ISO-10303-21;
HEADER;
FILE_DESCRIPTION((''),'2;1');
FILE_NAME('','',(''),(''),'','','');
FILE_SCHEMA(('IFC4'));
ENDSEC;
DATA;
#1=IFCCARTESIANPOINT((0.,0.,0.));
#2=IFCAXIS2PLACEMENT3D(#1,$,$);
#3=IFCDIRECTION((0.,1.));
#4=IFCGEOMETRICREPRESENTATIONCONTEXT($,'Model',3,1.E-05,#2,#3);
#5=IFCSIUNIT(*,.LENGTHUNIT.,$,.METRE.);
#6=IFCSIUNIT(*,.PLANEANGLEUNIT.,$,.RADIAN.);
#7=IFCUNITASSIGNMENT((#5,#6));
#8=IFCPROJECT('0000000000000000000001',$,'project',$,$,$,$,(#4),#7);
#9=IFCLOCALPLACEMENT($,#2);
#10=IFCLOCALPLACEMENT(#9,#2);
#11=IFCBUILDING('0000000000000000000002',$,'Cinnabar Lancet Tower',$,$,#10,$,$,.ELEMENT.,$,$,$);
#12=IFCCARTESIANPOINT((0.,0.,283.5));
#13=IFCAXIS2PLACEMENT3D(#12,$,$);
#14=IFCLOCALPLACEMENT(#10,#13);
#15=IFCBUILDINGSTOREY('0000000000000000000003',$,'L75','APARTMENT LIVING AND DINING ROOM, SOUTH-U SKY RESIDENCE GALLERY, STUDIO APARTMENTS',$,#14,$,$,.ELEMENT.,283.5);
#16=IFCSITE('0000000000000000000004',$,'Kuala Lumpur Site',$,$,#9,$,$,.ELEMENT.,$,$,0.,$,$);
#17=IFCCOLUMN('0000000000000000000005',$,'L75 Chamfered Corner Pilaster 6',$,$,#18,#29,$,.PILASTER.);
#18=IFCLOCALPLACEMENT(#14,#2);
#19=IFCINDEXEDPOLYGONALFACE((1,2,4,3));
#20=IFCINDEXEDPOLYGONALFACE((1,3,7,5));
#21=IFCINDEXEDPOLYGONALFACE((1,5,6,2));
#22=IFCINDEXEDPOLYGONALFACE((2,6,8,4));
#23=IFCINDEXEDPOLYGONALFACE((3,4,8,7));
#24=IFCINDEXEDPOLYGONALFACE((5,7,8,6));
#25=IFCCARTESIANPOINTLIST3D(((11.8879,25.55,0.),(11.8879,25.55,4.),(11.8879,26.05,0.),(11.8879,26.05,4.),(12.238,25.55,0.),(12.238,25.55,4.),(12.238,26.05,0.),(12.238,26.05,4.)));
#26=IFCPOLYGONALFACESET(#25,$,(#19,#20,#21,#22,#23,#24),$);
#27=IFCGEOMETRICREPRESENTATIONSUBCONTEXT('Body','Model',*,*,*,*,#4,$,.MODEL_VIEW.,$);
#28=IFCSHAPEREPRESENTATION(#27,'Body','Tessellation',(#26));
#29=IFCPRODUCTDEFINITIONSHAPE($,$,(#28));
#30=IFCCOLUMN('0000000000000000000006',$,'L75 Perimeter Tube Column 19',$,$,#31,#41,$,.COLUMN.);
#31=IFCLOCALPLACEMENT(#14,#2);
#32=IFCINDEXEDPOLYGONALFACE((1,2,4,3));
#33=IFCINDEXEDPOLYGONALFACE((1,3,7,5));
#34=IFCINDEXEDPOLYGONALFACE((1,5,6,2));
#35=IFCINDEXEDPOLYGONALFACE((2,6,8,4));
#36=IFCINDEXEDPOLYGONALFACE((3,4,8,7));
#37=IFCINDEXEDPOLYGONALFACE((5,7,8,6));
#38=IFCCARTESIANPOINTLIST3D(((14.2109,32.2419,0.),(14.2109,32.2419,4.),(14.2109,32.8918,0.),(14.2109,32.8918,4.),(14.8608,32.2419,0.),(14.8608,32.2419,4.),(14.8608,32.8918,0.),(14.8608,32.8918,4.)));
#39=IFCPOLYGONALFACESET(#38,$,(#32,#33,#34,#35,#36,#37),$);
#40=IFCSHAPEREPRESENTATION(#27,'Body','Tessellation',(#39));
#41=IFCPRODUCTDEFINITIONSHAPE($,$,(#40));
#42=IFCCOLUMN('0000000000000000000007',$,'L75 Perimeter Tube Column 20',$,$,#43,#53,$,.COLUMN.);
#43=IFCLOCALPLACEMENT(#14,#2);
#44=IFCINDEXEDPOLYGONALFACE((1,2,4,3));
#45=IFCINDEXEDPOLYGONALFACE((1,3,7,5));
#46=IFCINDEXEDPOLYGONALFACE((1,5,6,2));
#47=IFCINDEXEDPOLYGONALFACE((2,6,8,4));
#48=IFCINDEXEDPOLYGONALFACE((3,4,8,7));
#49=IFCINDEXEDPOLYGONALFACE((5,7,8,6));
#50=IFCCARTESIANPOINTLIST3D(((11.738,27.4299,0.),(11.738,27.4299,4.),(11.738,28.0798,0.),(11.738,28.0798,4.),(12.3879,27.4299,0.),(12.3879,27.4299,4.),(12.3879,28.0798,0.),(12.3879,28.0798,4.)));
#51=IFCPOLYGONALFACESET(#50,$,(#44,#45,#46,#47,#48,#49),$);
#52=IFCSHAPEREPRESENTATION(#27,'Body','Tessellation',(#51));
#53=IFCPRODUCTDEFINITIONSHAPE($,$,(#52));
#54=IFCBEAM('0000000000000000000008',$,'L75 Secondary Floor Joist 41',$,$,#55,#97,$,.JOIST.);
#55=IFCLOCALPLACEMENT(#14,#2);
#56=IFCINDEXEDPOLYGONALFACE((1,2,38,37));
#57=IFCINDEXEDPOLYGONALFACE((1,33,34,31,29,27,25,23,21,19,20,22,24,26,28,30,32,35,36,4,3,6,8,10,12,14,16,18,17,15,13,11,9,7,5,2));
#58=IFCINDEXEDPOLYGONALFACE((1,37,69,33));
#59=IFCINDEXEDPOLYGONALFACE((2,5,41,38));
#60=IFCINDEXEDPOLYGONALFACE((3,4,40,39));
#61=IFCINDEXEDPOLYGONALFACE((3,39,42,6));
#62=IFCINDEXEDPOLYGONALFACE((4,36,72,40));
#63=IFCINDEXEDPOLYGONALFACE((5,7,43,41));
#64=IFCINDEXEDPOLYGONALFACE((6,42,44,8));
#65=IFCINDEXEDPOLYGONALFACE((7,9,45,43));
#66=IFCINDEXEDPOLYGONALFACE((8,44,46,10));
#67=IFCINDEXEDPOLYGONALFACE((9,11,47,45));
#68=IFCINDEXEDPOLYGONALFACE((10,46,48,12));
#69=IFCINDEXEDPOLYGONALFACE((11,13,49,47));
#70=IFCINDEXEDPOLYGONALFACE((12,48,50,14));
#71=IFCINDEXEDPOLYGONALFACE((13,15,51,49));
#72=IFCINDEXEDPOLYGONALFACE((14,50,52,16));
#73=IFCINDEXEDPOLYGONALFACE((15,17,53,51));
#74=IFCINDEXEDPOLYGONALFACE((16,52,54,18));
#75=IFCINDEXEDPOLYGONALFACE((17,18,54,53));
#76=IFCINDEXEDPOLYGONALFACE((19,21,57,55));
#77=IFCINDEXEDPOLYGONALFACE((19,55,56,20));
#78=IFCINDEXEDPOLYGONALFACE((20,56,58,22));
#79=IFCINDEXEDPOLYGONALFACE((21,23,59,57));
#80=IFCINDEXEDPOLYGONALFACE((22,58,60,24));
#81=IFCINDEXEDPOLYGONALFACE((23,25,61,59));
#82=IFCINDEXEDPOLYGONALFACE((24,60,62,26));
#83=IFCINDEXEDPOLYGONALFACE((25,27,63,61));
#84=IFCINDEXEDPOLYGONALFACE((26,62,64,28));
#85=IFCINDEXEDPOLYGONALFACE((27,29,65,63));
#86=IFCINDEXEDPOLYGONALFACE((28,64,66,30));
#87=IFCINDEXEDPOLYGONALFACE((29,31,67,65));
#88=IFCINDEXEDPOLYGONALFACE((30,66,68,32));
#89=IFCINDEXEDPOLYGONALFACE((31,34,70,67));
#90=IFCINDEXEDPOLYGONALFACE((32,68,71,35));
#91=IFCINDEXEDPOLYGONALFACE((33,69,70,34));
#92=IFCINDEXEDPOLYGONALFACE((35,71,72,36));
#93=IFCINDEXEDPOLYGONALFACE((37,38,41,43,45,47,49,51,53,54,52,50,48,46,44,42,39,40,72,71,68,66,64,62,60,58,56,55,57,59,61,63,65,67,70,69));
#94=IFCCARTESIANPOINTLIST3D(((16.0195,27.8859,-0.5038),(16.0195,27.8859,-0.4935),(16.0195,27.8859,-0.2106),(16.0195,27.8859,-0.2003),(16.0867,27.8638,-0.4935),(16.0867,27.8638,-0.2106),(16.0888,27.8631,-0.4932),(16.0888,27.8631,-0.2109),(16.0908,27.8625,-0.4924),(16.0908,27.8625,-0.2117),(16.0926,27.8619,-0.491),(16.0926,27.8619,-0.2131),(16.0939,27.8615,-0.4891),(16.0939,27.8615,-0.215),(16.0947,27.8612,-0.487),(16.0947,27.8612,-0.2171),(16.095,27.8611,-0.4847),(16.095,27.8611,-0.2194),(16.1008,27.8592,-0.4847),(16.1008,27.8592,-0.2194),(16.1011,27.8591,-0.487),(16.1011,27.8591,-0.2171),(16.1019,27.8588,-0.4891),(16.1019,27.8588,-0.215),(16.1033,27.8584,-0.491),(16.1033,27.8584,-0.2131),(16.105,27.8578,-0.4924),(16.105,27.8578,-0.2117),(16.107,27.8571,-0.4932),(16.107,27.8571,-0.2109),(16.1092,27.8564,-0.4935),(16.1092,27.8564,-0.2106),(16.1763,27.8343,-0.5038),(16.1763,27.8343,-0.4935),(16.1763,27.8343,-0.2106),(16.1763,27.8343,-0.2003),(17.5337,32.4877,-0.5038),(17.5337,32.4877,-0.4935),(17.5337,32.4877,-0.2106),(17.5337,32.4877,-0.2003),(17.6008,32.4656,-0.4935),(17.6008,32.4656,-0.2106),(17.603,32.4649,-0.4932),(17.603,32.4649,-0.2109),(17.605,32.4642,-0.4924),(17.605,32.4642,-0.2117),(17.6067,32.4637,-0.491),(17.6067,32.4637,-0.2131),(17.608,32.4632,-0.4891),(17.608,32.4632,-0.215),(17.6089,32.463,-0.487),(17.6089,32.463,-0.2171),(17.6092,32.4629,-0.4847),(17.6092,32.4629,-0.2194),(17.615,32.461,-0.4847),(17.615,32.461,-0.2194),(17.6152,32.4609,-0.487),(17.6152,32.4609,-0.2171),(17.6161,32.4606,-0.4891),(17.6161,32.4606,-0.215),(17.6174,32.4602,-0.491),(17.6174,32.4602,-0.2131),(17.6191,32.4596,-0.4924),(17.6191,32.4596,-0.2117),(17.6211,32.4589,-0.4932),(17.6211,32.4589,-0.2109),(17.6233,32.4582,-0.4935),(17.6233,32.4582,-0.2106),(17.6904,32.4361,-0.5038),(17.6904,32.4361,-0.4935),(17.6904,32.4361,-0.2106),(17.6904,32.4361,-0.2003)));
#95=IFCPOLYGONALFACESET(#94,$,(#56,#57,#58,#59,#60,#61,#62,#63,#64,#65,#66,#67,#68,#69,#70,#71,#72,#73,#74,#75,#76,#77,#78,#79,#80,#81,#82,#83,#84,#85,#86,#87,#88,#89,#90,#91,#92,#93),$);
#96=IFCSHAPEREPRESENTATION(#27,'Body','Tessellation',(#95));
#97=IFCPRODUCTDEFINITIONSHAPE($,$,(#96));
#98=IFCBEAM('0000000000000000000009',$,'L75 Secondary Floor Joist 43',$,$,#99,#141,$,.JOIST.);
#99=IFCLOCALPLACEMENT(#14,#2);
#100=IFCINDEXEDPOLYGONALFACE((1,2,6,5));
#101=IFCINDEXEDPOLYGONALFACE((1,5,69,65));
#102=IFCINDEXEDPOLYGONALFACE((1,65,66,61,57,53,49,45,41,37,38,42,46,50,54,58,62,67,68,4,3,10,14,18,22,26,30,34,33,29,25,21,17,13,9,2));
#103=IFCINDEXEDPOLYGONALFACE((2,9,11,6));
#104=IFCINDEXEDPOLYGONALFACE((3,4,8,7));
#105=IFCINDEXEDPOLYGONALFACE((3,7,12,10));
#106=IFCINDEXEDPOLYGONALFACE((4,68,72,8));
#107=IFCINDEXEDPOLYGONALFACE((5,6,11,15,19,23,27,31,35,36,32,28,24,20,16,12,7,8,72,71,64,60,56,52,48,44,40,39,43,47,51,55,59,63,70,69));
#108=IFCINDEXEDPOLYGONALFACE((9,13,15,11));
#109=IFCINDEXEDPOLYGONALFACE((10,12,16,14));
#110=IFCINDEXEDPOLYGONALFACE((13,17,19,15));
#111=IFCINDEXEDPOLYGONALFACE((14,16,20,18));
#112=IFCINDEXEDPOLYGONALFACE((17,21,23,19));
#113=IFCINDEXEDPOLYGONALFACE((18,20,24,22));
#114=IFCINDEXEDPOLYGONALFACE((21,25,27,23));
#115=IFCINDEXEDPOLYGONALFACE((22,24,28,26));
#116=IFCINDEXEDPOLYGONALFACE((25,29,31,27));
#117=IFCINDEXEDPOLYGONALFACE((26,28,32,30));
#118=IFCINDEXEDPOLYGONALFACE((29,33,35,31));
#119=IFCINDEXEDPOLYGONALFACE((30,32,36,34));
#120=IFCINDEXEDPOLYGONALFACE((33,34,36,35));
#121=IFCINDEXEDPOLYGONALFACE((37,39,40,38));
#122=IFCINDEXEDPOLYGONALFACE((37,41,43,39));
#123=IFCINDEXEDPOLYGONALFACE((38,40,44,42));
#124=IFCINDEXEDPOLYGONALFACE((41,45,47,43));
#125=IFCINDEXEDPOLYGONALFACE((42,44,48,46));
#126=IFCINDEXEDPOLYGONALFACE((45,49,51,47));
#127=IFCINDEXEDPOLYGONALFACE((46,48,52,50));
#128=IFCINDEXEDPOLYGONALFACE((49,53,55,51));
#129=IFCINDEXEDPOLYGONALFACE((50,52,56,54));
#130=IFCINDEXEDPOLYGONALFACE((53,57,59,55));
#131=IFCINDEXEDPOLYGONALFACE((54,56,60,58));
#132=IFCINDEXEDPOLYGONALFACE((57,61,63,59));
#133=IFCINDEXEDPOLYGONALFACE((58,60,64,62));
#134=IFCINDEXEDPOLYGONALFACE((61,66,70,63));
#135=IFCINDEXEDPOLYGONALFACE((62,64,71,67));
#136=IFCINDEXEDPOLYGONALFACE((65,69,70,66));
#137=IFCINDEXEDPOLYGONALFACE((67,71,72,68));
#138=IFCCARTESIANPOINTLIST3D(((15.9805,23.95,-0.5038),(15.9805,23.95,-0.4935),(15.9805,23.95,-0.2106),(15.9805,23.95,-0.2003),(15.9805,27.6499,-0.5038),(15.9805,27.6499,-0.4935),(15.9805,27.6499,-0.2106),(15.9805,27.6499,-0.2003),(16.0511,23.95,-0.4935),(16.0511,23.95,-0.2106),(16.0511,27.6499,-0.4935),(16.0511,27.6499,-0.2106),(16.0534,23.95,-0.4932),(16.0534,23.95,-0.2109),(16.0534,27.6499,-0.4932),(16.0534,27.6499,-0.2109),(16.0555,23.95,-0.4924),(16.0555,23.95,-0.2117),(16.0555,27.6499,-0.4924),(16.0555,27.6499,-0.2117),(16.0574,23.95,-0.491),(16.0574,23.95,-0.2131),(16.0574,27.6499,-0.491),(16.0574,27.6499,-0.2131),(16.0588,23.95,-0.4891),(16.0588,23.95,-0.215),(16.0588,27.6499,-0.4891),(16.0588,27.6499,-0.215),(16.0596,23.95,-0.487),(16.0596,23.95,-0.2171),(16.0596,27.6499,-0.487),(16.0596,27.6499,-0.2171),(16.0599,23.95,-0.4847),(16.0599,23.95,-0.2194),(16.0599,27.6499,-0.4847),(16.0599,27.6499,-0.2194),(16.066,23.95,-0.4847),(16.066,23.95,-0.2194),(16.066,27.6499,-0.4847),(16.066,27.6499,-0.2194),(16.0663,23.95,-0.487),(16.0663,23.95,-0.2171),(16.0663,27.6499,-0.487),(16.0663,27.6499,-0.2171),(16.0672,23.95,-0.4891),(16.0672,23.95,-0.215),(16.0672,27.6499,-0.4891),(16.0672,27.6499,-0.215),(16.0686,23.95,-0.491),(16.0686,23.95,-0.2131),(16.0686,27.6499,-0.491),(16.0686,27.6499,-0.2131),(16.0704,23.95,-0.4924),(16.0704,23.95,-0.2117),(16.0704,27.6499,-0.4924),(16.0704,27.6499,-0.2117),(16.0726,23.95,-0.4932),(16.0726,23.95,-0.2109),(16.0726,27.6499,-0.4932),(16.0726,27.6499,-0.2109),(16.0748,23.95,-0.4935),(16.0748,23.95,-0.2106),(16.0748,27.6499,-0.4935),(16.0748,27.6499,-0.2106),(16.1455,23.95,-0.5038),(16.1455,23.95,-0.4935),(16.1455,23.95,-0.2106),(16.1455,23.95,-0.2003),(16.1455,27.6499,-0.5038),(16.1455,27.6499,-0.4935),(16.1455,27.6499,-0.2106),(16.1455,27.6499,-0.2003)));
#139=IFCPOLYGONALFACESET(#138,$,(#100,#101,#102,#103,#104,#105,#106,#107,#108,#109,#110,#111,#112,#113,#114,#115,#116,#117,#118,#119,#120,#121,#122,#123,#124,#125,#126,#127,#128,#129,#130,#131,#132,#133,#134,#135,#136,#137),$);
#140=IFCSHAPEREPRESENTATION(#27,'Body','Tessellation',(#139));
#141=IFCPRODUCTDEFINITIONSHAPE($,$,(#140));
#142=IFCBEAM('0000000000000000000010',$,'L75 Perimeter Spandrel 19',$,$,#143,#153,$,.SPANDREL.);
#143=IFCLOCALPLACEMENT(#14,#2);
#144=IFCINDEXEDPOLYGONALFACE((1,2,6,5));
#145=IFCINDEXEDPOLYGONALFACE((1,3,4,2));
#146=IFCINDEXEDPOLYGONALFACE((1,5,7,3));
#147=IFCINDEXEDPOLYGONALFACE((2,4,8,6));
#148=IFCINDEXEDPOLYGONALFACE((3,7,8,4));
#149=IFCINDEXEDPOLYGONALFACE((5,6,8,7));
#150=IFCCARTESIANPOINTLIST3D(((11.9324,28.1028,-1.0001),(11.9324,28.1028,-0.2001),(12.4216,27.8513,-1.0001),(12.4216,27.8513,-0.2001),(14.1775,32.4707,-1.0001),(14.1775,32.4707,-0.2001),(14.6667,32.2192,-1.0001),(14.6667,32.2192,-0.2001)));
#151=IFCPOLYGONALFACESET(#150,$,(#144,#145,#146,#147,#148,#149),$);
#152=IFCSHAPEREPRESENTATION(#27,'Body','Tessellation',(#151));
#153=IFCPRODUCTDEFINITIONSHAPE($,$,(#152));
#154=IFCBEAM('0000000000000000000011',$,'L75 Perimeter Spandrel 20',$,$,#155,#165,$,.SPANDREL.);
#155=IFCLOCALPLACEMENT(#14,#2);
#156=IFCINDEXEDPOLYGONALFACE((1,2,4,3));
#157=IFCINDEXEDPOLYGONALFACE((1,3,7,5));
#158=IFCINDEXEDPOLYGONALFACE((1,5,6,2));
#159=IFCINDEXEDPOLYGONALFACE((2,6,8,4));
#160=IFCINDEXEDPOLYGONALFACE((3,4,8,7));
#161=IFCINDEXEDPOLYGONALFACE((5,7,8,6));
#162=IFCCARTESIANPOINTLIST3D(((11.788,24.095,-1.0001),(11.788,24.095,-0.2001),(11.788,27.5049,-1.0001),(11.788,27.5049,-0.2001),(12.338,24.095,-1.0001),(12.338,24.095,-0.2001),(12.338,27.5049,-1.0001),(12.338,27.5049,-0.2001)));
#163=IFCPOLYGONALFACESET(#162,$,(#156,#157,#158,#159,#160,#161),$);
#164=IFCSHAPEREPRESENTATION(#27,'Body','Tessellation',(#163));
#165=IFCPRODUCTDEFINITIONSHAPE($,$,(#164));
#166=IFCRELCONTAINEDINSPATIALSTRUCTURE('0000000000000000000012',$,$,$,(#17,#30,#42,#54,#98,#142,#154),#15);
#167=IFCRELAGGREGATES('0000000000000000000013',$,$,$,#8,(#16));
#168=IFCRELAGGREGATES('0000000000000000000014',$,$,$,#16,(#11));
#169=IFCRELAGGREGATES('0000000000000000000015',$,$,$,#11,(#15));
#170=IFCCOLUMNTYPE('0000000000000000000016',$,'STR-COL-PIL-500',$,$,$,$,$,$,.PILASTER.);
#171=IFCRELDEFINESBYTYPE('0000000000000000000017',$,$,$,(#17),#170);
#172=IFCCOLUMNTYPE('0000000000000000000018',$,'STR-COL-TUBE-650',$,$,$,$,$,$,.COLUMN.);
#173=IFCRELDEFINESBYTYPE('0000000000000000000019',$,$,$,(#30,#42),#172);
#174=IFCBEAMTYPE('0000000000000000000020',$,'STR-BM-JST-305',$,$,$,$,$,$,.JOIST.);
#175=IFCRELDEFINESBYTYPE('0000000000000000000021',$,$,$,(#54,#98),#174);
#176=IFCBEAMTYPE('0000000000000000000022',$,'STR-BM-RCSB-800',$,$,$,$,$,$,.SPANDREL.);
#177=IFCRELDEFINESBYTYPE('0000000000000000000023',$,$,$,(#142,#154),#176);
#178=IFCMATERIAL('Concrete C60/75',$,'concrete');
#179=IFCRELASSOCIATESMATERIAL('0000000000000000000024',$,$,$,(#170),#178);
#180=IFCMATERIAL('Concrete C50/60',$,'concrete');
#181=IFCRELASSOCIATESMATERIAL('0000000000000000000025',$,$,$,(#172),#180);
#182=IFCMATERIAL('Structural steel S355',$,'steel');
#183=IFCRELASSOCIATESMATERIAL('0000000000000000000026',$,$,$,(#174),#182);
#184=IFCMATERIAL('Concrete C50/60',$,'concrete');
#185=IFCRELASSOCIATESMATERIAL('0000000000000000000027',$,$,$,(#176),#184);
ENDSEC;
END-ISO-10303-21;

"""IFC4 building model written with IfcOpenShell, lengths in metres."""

from ifc_helpers import new_model, si_unit, direction, frame, origin, origin_2d, place, context, subcontext, project, spatial, rectangle, i_section, extrude, material, material_profile, profile_set, type_object, element, save


model = new_model("IFC4")

# Units and contexts
model_context = context("Model", 3, precision=1e-05, world=origin(), true_north=direction((0.0, 1.0)))
body_context = subcontext(model_context, "Body", "Model", "MODEL_VIEW")
ifc_project = project(units=[si_unit("LENGTHUNIT", "METRE"), si_unit("PLANEANGLEUNIT", "RADIAN")], contexts=[model_context])

# Site, building, storey
site_placement = place(None, origin())
site = spatial("IfcSite", under=ifc_project, at=site_placement, Name="Kuala Lumpur Site", CompositionType="ELEMENT", RefElevation=0.0)
building_placement = place(site_placement, origin())
building = spatial("IfcBuilding", under=site, at=building_placement, Name="Cinnabar Lancet Tower", CompositionType="ELEMENT")
storey_placement = place(building_placement, frame((0.0, 0.0, 283.5)))
storey = spatial("IfcBuildingStorey", under=building, at=storey_placement, Name="L75", Description="APARTMENT LIVING AND DINING ROOM, SOUTH-U SKY RESIDENCE GALLERY, STUDIO APARTMENTS", CompositionType="ELEMENT", Elevation=283.5)

# Columns
ifc_material_1 = material(Name="Concrete C60/75", Category="concrete")
ifc_material_profile_1 = material_profile(ifc_material_1, rectangle(XDim=0.5, YDim=0.3501, at=origin_2d()), Name="RC-PIL 500x350")
ifc_profile_set_1 = profile_set([ifc_material_profile_1], Name="Concrete C60/75")
column_type_1 = type_object("IfcColumnType", Name="STR-COL-PIL-500", PredefinedType="PILASTER", material=ifc_profile_set_1)
column_placement = place(storey_placement, frame((12.063, 25.8, 0.0), z_axis=(0.0, 0.0, 1.0), x_axis=(0.0, -1.0, 0.0)))
element("IfcColumn", 1, at=column_placement, inside=storey, type_object=column_type_1, Name="L75 Chamfered Corner Pilaster 6", PredefinedType="PILASTER", context=body_context, shape_type="SweptSolid", body=[
    extrude(rectangle(XDim=0.5, YDim=0.3501, at=origin_2d()), origin(), (0.0, 0.0, 1.0), 4.0),
])
ifc_material_2 = material(Name="Concrete C50/60", Category="concrete")
ifc_material_profile_2 = material_profile(ifc_material_2, rectangle(XDim=0.6499, YDim=0.6499, at=origin_2d()), Name="RC-COL 650x650")
ifc_profile_set_2 = profile_set([ifc_material_profile_2], Name="Concrete C50/60")
column_type_2 = type_object("IfcColumnType", Name="STR-COL-TUBE-650", PredefinedType="COLUMN", material=ifc_profile_set_2)
for number, where, z_axis, x_axis, name in (
    (2, (14.5359, 32.5669, 0.0), (0.0, 0.0, 1.0), (1.0, 0.0, 0.0), "L75 Perimeter Tube Column 19"),
    (3, (12.063, 27.7549, 0.0), (0.0, 0.0, 1.0), (1.0, 0.0, 0.0), "L75 Perimeter Tube Column 20"),
):
    element("IfcColumn", number, at=place(storey_placement, frame(where, z_axis=z_axis, x_axis=x_axis)), inside=storey, type_object=column_type_2, Name=name, PredefinedType="COLUMN", context=body_context, shape_type="SweptSolid", body=[
        extrude(rectangle(XDim=0.6499, YDim=0.6499, at=origin_2d()), origin(), (0.0, 0.0, 1.0), 4.0),
    ])

# Beams
ifc_material_3 = material(Name="Structural steel S355", Category="steel")
ifc_material_profile_3 = material_profile(ifc_material_3, i_section(OverallWidth=0.165, OverallDepth=0.3035, WebThickness=0.0061, FlangeThickness=0.0103, FilletRadius=0.0088, at=origin_2d()), Name="UKB 305x165x40")
ifc_profile_set_3 = profile_set([ifc_material_profile_3], Name="Structural steel S355")
beam_type_1 = type_object("IfcBeamType", Name="STR-BM-JST-305", PredefinedType="JOIST", material=ifc_profile_set_3)
beam_1_placement = place(storey_placement, frame((17.6121, 32.4619, -0.3521), z_axis=(-0.312552, -0.949901, 0.0), x_axis=(0.949901, -0.312552, 0.0)))
element("IfcBeam", 4, at=beam_1_placement, inside=storey, type_object=beam_type_1, Name="L75 Secondary Floor Joist 41", PredefinedType="JOIST", context=body_context, shape_type="SweptSolid", body=[
    extrude(i_section(OverallWidth=0.165, OverallDepth=0.3035, WebThickness=0.0061, FlangeThickness=0.0103, FilletRadius=0.0088, at=origin_2d()), origin(), (0.0, 0.0, 1.0), 4.8445),
])
beam_2_placement = place(storey_placement, frame((16.063, 27.6499, -0.3521), z_axis=(0.0, -1.0, 0.0), x_axis=(1.0, 0.0, 0.0)))
element("IfcBeam", 5, at=beam_2_placement, inside=storey, type_object=beam_type_1, Name="L75 Secondary Floor Joist 43", PredefinedType="JOIST", context=body_context, shape_type="SweptSolid", body=[
    extrude(i_section(OverallWidth=0.165, OverallDepth=0.3035, WebThickness=0.0061, FlangeThickness=0.0103, FilletRadius=0.0088, at=origin_2d()), origin(), (0.0, 0.0, 1.0), 3.7),
])
ifc_material_4 = material(Name="Concrete C50/60", Category="concrete")
ifc_material_profile_4 = material_profile(ifc_material_4, rectangle(XDim=0.55, YDim=0.8, at=origin_2d()), Name="RC-SB 550x800")
ifc_profile_set_4 = profile_set([ifc_material_profile_4], Name="Concrete C50/60")
beam_type_2 = type_object("IfcBeamType", Name="STR-BM-RCSB-800", PredefinedType="SPANDREL", material=ifc_profile_set_4)
beam_3_placement = place(storey_placement, frame((14.4221, 32.345, -0.6001), z_axis=(-0.457148, -0.889391, 0.0), x_axis=(0.889391, -0.457148, 0.0)))
element("IfcBeam", 6, at=beam_3_placement, inside=storey, type_object=beam_type_2, Name="L75 Perimeter Spandrel 19", PredefinedType="SPANDREL", context=body_context, shape_type="SweptSolid", body=[
    extrude(rectangle(XDim=0.55, YDim=0.8, at=origin_2d()), origin(), (0.0, 0.0, 1.0), 4.9111),
])
beam_4_placement = place(storey_placement, frame((12.063, 27.5049, -0.6001), z_axis=(0.0, -1.0, 0.0), x_axis=(1.0, 0.0, 0.0)))
element("IfcBeam", 7, at=beam_4_placement, inside=storey, type_object=beam_type_2, Name="L75 Perimeter Spandrel 20", PredefinedType="SPANDREL", context=body_context, shape_type="SweptSolid", body=[
    extrude(rectangle(XDim=0.55, YDim=0.8, at=origin_2d()), origin(), (0.0, 0.0, 1.0), 3.4099),
])

save(model, "model.ifc")
